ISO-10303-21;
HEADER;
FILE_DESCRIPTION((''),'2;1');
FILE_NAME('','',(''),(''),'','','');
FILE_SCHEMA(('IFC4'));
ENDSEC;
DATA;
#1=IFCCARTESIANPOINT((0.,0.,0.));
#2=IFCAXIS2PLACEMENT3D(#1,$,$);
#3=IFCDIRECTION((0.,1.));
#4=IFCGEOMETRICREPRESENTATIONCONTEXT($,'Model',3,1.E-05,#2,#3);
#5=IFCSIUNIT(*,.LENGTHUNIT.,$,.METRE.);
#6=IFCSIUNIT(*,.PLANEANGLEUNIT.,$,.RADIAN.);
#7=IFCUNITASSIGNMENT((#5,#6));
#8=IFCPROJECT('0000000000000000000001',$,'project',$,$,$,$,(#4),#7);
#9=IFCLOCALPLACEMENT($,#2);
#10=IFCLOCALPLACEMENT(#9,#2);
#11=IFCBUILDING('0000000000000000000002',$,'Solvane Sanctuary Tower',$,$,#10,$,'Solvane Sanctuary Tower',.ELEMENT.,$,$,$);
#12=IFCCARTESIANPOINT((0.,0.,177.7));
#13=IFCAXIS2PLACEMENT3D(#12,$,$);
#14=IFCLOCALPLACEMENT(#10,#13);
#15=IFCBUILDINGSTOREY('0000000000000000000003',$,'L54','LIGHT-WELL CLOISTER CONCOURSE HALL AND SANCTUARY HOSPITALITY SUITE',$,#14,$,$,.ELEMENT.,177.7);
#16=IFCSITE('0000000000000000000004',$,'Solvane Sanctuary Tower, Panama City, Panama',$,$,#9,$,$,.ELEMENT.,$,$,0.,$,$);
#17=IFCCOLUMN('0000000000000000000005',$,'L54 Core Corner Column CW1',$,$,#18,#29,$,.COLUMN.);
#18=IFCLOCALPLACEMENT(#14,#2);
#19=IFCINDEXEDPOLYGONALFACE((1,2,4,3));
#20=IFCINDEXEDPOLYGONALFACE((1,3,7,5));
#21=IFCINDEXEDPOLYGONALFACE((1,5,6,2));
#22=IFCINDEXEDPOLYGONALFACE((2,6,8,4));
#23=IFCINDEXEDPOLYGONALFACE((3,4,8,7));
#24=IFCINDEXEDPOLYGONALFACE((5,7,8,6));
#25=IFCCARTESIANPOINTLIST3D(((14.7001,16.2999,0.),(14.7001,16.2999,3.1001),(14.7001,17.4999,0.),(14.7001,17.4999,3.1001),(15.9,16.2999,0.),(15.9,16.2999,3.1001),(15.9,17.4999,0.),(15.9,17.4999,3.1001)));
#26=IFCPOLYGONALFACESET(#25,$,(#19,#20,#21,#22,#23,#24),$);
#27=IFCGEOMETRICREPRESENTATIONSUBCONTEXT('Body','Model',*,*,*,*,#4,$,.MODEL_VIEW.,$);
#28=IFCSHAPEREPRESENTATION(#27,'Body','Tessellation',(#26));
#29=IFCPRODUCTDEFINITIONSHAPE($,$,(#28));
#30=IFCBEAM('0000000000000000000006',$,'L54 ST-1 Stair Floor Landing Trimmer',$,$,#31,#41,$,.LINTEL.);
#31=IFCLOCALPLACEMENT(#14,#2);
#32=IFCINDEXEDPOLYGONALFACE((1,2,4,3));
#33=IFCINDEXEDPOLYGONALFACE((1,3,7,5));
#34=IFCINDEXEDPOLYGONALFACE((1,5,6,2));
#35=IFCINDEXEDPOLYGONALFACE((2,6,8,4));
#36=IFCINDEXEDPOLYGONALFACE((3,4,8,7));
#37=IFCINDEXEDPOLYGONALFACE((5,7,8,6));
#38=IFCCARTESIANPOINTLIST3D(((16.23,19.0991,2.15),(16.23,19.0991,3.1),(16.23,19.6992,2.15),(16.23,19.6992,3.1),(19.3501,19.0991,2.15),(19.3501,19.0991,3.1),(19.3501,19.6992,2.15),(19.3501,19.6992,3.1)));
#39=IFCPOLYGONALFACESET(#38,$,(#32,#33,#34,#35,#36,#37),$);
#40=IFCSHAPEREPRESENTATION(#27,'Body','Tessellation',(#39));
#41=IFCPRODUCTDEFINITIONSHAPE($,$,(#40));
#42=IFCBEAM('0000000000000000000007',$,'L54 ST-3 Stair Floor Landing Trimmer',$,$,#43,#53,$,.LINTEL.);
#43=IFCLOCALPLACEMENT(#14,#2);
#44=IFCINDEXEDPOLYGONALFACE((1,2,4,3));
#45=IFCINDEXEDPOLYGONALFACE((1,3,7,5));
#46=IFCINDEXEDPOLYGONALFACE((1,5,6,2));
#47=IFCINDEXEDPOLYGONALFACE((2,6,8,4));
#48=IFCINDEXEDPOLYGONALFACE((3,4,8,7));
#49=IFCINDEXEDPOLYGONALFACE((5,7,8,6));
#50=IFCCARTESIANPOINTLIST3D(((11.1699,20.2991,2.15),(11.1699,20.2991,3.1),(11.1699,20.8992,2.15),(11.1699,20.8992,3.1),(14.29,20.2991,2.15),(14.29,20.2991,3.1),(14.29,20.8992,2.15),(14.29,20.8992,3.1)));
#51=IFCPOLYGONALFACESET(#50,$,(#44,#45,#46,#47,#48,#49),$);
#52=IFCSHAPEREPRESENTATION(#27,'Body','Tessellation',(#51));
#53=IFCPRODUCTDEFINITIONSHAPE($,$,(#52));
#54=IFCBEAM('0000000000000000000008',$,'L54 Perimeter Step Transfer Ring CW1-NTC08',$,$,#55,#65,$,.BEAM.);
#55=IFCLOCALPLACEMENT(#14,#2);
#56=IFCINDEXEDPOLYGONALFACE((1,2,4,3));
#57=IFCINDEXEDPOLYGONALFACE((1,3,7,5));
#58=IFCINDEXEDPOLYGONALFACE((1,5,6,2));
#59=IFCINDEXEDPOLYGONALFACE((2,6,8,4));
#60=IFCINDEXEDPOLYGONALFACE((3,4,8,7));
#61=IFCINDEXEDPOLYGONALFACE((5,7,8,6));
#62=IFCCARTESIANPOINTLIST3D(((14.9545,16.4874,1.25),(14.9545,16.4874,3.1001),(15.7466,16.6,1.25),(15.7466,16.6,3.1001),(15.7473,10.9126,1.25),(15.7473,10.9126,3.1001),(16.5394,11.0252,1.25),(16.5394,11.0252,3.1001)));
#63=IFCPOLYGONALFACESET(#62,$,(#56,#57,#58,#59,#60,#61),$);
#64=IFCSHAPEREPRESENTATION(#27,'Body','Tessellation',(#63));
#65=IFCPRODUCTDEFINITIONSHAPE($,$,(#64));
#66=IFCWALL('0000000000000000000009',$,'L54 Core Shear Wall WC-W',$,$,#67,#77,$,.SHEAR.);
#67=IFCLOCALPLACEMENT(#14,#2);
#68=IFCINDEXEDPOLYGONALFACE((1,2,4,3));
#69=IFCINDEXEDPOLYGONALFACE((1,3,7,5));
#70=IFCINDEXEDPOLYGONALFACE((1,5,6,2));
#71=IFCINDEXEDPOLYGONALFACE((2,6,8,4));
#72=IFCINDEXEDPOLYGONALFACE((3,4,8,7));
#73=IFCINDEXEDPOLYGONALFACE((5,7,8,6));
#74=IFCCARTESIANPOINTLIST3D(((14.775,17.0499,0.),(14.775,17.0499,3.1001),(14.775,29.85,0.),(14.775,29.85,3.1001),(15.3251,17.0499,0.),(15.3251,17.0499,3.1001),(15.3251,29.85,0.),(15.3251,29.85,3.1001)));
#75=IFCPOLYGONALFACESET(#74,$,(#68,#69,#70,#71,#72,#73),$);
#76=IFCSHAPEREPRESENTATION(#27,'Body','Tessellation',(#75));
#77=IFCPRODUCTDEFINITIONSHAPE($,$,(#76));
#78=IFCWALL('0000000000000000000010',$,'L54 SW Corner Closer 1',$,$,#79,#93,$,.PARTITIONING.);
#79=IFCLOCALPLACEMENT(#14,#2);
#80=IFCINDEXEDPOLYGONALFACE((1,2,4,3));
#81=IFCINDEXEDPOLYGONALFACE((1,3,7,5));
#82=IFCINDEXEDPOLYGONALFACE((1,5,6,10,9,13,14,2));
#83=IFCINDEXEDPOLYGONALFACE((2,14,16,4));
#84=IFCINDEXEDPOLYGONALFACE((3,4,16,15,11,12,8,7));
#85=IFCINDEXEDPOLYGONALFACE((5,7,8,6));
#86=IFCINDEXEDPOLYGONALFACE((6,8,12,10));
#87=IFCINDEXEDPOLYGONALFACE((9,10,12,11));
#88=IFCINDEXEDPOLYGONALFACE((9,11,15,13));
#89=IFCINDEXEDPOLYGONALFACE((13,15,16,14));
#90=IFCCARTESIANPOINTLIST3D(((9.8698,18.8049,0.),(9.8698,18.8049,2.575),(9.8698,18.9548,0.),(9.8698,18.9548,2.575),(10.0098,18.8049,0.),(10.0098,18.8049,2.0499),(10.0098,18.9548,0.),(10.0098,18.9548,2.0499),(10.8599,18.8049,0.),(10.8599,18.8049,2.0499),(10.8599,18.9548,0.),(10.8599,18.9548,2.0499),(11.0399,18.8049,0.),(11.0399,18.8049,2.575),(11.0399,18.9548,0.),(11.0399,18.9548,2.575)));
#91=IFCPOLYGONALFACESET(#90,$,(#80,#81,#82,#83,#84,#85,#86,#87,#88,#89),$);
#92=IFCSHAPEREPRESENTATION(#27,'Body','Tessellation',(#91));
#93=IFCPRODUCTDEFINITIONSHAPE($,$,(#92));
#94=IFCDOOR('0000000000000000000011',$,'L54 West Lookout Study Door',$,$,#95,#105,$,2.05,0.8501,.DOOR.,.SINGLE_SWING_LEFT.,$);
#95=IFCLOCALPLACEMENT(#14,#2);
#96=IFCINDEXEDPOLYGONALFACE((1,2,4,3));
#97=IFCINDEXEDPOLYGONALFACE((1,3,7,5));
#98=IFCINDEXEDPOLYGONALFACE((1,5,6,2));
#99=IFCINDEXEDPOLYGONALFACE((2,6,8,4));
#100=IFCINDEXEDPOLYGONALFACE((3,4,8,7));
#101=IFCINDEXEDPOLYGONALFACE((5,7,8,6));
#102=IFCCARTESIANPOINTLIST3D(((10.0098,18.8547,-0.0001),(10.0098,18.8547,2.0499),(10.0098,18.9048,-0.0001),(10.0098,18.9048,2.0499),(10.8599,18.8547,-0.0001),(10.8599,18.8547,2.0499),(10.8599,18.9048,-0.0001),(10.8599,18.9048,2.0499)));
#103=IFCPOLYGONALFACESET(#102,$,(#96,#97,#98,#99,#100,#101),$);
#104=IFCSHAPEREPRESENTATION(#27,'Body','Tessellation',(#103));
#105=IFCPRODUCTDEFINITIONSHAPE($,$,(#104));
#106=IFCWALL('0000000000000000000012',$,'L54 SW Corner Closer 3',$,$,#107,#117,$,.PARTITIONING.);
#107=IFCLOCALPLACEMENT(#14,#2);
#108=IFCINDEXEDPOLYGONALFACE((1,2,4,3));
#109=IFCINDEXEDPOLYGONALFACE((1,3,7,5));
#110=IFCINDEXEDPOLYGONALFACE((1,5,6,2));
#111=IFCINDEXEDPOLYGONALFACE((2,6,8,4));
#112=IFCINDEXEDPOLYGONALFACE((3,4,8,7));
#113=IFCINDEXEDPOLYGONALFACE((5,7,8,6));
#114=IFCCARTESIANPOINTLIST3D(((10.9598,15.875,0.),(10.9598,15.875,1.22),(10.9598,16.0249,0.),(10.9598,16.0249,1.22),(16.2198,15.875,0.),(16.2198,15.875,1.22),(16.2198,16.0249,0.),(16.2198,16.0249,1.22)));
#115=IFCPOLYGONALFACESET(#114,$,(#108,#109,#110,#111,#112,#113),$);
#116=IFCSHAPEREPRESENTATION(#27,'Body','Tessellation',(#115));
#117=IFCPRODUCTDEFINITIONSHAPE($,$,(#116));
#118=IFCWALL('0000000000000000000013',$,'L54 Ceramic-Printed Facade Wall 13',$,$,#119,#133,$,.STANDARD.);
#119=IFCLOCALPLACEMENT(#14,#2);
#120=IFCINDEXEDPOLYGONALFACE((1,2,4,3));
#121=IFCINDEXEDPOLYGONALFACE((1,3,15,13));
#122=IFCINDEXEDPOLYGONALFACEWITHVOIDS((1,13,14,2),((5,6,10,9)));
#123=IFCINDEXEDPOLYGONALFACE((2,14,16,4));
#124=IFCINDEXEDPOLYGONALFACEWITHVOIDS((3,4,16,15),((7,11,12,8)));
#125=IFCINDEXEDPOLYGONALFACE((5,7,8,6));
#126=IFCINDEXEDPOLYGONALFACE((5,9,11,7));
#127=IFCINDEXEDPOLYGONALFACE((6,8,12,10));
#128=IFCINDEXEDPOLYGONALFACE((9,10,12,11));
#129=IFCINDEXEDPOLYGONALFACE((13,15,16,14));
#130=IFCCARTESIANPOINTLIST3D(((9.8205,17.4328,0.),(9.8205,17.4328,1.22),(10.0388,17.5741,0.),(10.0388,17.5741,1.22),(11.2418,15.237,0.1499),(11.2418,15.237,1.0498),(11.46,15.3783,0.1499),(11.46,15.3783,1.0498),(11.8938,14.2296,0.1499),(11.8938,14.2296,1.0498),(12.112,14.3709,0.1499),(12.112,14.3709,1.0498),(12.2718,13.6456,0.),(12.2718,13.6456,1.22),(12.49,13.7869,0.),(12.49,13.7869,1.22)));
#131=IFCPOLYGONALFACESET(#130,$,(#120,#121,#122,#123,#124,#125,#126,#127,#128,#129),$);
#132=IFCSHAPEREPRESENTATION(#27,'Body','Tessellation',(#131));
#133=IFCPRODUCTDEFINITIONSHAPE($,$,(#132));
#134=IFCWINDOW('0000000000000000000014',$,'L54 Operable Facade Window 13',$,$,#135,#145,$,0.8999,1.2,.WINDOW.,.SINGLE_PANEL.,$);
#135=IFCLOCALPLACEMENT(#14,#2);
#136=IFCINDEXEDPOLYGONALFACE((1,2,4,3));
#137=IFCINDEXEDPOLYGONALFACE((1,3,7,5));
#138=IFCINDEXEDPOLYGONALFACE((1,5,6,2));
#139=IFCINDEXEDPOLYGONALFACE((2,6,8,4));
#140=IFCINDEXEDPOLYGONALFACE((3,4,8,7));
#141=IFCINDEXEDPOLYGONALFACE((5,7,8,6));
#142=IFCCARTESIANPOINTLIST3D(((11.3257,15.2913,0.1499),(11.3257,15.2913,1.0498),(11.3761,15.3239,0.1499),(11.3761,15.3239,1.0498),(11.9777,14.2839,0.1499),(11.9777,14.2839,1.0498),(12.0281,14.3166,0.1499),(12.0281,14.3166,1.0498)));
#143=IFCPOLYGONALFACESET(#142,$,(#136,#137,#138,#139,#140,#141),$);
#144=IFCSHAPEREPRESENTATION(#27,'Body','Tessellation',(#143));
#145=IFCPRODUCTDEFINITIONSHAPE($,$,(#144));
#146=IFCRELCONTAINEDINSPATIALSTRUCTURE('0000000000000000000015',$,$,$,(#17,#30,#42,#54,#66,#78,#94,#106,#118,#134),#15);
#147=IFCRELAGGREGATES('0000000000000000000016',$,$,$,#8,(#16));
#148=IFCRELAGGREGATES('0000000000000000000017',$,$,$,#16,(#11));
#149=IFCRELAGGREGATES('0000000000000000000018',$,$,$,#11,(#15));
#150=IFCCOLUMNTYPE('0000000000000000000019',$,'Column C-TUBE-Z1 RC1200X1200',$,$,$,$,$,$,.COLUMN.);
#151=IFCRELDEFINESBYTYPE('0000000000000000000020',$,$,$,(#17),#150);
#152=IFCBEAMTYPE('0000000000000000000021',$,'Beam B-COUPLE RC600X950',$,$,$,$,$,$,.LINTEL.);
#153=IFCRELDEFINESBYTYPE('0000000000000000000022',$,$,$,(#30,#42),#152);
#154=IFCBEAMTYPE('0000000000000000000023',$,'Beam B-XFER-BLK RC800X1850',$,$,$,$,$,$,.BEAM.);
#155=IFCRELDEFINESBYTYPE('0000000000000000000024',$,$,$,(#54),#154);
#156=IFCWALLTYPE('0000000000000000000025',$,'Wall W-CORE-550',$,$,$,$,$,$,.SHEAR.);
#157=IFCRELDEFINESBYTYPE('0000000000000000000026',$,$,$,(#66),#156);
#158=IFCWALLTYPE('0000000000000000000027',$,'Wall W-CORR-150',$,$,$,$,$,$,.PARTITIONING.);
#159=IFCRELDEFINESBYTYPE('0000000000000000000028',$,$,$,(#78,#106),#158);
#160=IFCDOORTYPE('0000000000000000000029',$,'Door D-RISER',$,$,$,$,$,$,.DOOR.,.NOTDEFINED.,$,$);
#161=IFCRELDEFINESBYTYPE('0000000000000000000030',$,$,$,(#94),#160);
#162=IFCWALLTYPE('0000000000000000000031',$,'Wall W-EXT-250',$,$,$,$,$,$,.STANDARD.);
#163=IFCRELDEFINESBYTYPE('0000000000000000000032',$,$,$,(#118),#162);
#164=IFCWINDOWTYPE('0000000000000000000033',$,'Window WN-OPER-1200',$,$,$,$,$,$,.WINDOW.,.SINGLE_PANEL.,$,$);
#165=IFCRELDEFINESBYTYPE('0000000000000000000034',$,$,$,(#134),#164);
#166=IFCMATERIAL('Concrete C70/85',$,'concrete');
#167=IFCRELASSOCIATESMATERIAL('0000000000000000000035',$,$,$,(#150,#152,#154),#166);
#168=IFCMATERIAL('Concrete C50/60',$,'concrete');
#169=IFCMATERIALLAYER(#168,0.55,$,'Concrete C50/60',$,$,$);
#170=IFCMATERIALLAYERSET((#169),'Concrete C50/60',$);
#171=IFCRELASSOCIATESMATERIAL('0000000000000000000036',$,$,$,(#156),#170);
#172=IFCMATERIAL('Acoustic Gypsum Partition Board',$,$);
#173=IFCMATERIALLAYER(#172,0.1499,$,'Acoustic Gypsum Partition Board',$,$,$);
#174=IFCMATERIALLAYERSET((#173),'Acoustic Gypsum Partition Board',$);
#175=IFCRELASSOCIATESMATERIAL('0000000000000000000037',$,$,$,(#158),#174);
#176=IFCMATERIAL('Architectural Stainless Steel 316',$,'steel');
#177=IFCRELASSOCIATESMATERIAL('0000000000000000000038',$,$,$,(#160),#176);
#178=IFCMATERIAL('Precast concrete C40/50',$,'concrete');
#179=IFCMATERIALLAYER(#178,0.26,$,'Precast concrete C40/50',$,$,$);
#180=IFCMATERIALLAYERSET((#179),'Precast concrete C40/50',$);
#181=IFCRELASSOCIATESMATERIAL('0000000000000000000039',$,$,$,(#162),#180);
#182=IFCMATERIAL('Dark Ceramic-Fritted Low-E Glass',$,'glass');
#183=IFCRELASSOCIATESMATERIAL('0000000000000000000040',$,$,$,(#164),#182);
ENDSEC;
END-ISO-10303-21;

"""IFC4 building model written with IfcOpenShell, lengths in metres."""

from ifc_helpers import new_model, si_unit, direction, frame, frame_2d, origin, origin_2d, place, context, subcontext, project, spatial, rectangle, extrude, material, layer, layer_set, material_profile, profile_set, type_object, element, fill, save


model = new_model("IFC4")

# Units and contexts
model_context = context("Model", 3, precision=1e-05, world=origin(), true_north=direction((0.0, 1.0)))
body_context = subcontext(model_context, "Body", "Model", "MODEL_VIEW")
ifc_project = project(units=[si_unit("LENGTHUNIT", "METRE"), si_unit("PLANEANGLEUNIT", "RADIAN")], contexts=[model_context])

# Site, building, storey
site_placement = place(None, origin())
site = spatial("IfcSite", under=ifc_project, at=site_placement, Name="Solvane Sanctuary Tower, Panama City, Panama", CompositionType="ELEMENT", RefElevation=0.0)
building_placement = place(site_placement, origin())
building = spatial("IfcBuilding", under=site, at=building_placement, Name="Solvane Sanctuary Tower", LongName="Solvane Sanctuary Tower", CompositionType="ELEMENT")
storey_placement = place(building_placement, frame((0.0, 0.0, 177.7)))
storey = spatial("IfcBuildingStorey", under=building, at=storey_placement, Name="L54", Description="LIGHT-WELL CLOISTER CONCOURSE HALL AND SANCTUARY HOSPITALITY SUITE", CompositionType="ELEMENT", Elevation=177.7)

# Column
ifc_material_1 = material(Name="Concrete C70/85", Category="concrete")
ifc_material_profile_1 = material_profile(ifc_material_1, rectangle(XDim=1.2, YDim=1.2, at=origin_2d()), Name="RC1200X1200")
ifc_profile_set_1 = profile_set([ifc_material_profile_1], Name="Concrete C70/85")
column_type = type_object("IfcColumnType", Name="Column C-TUBE-Z1 RC1200X1200", PredefinedType="COLUMN", material=ifc_profile_set_1)
column_placement = place(storey_placement, frame((15.3, 16.8999, 0.0), z_axis=(0.0, 0.0, 1.0), x_axis=(1.0, 0.0, 0.0)))
element("IfcColumn", 1, at=column_placement, inside=storey, type_object=column_type, Name="L54 Core Corner Column CW1", PredefinedType="COLUMN", context=body_context, shape_type="SweptSolid", body=[
    extrude(rectangle(XDim=1.2, YDim=1.2, at=origin_2d()), origin(), (0.0, 0.0, 1.0), 3.1001),
])

# Beams
ifc_material_profile_2 = material_profile(ifc_material_1, rectangle(XDim=0.6001, YDim=0.95, at=origin_2d()), Name="RC600X950")
ifc_profile_set_2 = profile_set([ifc_material_profile_2], Name="Concrete C70/85")
beam_type_1 = type_object("IfcBeamType", Name="Beam B-COUPLE RC600X950", PredefinedType="LINTEL", material=ifc_profile_set_2)
for number, where, z_axis, x_axis, name in (
    (2, (16.23, 19.3992, 2.625), (1.0, 0.0, 0.0), (0.0, 1.0, 0.0), "L54 ST-1 Stair Floor Landing Trimmer"),
    (3, (11.1699, 20.5991, 2.625), (1.0, 0.0, 0.0), (0.0, 1.0, 0.0), "L54 ST-3 Stair Floor Landing Trimmer"),
):
    element("IfcBeam", number, at=place(storey_placement, frame(where, z_axis=z_axis, x_axis=x_axis)), inside=storey, type_object=beam_type_1, Name=name, PredefinedType="LINTEL", context=body_context, shape_type="SweptSolid", body=[
        extrude(rectangle(XDim=0.6001, YDim=0.95, at=origin_2d()), origin(), (0.0, 0.0, 1.0), 3.1201),
    ])
ifc_material_profile_3 = material_profile(ifc_material_1, rectangle(XDim=0.8, YDim=1.8501, at=origin_2d()), Name="RC800X1850")
ifc_profile_set_3 = profile_set([ifc_material_profile_3], Name="Concrete C70/85")
beam_type_2 = type_object("IfcBeamType", Name="Beam B-XFER-BLK RC800X1850", PredefinedType="BEAM", material=ifc_profile_set_3)
beam_placement = place(storey_placement, frame((15.3506, 16.5437, 2.175), z_axis=(0.140784, -0.99004, 0.0), x_axis=(0.99004, 0.140784, 0.0)))
element("IfcBeam", 4, at=beam_placement, inside=storey, type_object=beam_type_2, Name="L54 Perimeter Step Transfer Ring CW1-NTC08", PredefinedType="BEAM", context=body_context, shape_type="SweptSolid", body=[
    extrude(rectangle(XDim=0.8, YDim=1.8501, at=origin_2d()), origin(), (0.0, 0.0, 1.0), 5.6309),
])

# Wall
ifc_material_2 = material(Name="Concrete C50/60", Category="concrete")
ifc_layer_1 = layer(ifc_material_2, 0.55, Name="Concrete C50/60")
ifc_layer_set_1 = layer_set([ifc_layer_1], Name="Concrete C50/60")
wall_type_1 = type_object("IfcWallType", Name="Wall W-CORE-550", PredefinedType="SHEAR", material=ifc_layer_set_1)
wall_1_placement = place(storey_placement, frame((15.05, 17.05, 0.0), z_axis=(0.0, 0.0, 1.0), x_axis=(0.0, 1.0, 0.0)))
element("IfcWall", 5, at=wall_1_placement, inside=storey, type_object=wall_type_1, Name="L54 Core Shear Wall WC-W", PredefinedType="SHEAR", context=body_context, shape_type="SweptSolid", body=[
    extrude(rectangle(XDim=12.8, YDim=0.55, at=frame_2d((6.3999, 0.0))), origin(), (0.0, 0.0, 1.0), 3.1001),
])

# Wall, opening, door
ifc_material_3 = material(Name="Acoustic Gypsum Partition Board")
ifc_layer_2 = layer(ifc_material_3, 0.1499, Name="Acoustic Gypsum Partition Board")
ifc_layer_set_2 = layer_set([ifc_layer_2], Name="Acoustic Gypsum Partition Board")
wall_type_2 = type_object("IfcWallType", Name="Wall W-CORR-150", PredefinedType="PARTITIONING", material=ifc_layer_set_2)
wall_2_placement = place(storey_placement, frame((9.8699, 18.8799, 0.0), z_axis=(0.0, 0.0, 1.0), x_axis=(1.0, 0.0, 0.0)))
wall_2 = element("IfcWall", 6, at=wall_2_placement, inside=storey, type_object=wall_type_2, Name="L54 SW Corner Closer 1", PredefinedType="PARTITIONING", context=body_context, shape_type="SweptSolid", body=[
    extrude(rectangle(XDim=1.1702, YDim=0.1499, at=frame_2d((0.585, 0.0))), origin(), (0.0, 0.0, 1.0), 2.575),
])
opening_1_placement = place(wall_2_placement, frame((0.1399, 0.0, 0.0)))
opening_1 = element("IfcOpeningElement", 7, at=opening_1_placement, cuts=wall_2, PredefinedType="OPENING", context=body_context, shape_type="SweptSolid", body=[
    extrude(rectangle(XDim=0.8501, YDim=2.05, at=frame_2d((0.425, 1.0249))), frame((0.0, 0.085, 0.0), z_axis=(0.0, -1.0, 0.0), x_axis=(1.0, 0.0, 0.0)), (0.0, 0.0, 1.0), 0.1699),
])
ifc_material_4 = material(Name="Architectural Stainless Steel 316", Category="steel")
door_type_1 = type_object("IfcDoorType", Name="Door D-RISER", OperationType="NOTDEFINED", PredefinedType="DOOR", material=ifc_material_4)
door_1_placement = place(opening_1_placement, origin())
door_1 = element("IfcDoor", 8, at=door_1_placement, inside=storey, type_object=door_type_1, Name="L54 West Lookout Study Door", OperationType="SINGLE_SWING_LEFT", OverallHeight=2.05, OverallWidth=0.8501, PredefinedType="DOOR", context=body_context, shape_type="SweptSolid", body=[
    extrude(rectangle(XDim=0.8501, YDim=2.05, at=frame_2d((0.425, 1.0249))), frame((0.0, 0.0249, 0.0), z_axis=(0.0, -1.0, 0.0), x_axis=(1.0, 0.0, 0.0)), (0.0, 0.0, 1.0), 0.05),
])
fill(opening_1, door_1)

# Wall
wall_3_placement = place(storey_placement, frame((10.96, 15.95, 0.0), z_axis=(0.0, 0.0, 1.0), x_axis=(1.0, 0.0, 0.0)))
element("IfcWall", 9, at=wall_3_placement, inside=storey, type_object=wall_type_2, Name="L54 SW Corner Closer 3", PredefinedType="PARTITIONING", context=body_context, shape_type="SweptSolid", body=[
    extrude(rectangle(XDim=5.26, YDim=0.1499, at=frame_2d((2.6299, 0.0))), origin(), (0.0, 0.0, 1.0), 1.22),
])

# Wall, opening, window
ifc_material_5 = material(Name="Precast concrete C40/50", Category="concrete")
ifc_layer_3 = layer(ifc_material_5, 0.26, Name="Precast concrete C40/50")
ifc_layer_set_3 = layer_set([ifc_layer_3], Name="Precast concrete C40/50")
wall_type_3 = type_object("IfcWallType", Name="Wall W-EXT-250", PredefinedType="STANDARD", material=ifc_layer_set_3)
wall_4_placement = place(storey_placement, frame((9.9297, 17.5034, 0.0), z_axis=(0.0, 0.0, 1.0), x_axis=(0.543359, -0.8395, 0.0)))
wall_4 = element("IfcWall", 10, at=wall_4_placement, inside=storey, type_object=wall_type_3, Name="L54 Ceramic-Printed Facade Wall 13", PredefinedType="STANDARD", context=body_context, shape_type="SweptSolid", body=[
    extrude(rectangle(XDim=4.5112, YDim=0.26, at=frame_2d((2.2556, 0.0))), origin(), (0.0, 0.0, 1.0), 1.22),
])
opening_2_placement = place(wall_4_placement, frame((2.6155, 0.0, 0.1499)))
opening_2 = element("IfcOpeningElement", 11, at=opening_2_placement, cuts=wall_4, PredefinedType="OPENING", context=body_context, shape_type="SweptSolid", body=[
    extrude(rectangle(XDim=1.2, YDim=0.8999, at=frame_2d((0.6001, 0.45))), frame((0.0, 0.1399, 0.0), z_axis=(0.0, -1.0, 0.0), x_axis=(1.0, 0.0, 0.0)), (0.0, 0.0, 1.0), 0.28),
])
ifc_material_6 = material(Name="Dark Ceramic-Fritted Low-E Glass", Category="glass")
window_type = type_object("IfcWindowType", Name="Window WN-OPER-1200", PartitioningType="SINGLE_PANEL", PredefinedType="WINDOW", material=ifc_material_6)
window_placement = place(opening_2_placement, origin())
window = element("IfcWindow", 12, at=window_placement, inside=storey, type_object=window_type, Name="L54 Operable Facade Window 13", OverallHeight=0.8999, OverallWidth=1.2, PartitioningType="SINGLE_PANEL", PredefinedType="WINDOW", context=body_context, shape_type="SweptSolid", body=[
    extrude(rectangle(XDim=1.2, YDim=0.8999, at=frame_2d((0.6001, 0.45))), frame((0.0, 0.03, 0.0), z_axis=(0.0, -1.0, 0.0), x_axis=(1.0, 0.0, 0.0)), (0.0, 0.0, 1.0), 0.0601),
])
fill(opening_2, window)

save(model, "model.ifc")
